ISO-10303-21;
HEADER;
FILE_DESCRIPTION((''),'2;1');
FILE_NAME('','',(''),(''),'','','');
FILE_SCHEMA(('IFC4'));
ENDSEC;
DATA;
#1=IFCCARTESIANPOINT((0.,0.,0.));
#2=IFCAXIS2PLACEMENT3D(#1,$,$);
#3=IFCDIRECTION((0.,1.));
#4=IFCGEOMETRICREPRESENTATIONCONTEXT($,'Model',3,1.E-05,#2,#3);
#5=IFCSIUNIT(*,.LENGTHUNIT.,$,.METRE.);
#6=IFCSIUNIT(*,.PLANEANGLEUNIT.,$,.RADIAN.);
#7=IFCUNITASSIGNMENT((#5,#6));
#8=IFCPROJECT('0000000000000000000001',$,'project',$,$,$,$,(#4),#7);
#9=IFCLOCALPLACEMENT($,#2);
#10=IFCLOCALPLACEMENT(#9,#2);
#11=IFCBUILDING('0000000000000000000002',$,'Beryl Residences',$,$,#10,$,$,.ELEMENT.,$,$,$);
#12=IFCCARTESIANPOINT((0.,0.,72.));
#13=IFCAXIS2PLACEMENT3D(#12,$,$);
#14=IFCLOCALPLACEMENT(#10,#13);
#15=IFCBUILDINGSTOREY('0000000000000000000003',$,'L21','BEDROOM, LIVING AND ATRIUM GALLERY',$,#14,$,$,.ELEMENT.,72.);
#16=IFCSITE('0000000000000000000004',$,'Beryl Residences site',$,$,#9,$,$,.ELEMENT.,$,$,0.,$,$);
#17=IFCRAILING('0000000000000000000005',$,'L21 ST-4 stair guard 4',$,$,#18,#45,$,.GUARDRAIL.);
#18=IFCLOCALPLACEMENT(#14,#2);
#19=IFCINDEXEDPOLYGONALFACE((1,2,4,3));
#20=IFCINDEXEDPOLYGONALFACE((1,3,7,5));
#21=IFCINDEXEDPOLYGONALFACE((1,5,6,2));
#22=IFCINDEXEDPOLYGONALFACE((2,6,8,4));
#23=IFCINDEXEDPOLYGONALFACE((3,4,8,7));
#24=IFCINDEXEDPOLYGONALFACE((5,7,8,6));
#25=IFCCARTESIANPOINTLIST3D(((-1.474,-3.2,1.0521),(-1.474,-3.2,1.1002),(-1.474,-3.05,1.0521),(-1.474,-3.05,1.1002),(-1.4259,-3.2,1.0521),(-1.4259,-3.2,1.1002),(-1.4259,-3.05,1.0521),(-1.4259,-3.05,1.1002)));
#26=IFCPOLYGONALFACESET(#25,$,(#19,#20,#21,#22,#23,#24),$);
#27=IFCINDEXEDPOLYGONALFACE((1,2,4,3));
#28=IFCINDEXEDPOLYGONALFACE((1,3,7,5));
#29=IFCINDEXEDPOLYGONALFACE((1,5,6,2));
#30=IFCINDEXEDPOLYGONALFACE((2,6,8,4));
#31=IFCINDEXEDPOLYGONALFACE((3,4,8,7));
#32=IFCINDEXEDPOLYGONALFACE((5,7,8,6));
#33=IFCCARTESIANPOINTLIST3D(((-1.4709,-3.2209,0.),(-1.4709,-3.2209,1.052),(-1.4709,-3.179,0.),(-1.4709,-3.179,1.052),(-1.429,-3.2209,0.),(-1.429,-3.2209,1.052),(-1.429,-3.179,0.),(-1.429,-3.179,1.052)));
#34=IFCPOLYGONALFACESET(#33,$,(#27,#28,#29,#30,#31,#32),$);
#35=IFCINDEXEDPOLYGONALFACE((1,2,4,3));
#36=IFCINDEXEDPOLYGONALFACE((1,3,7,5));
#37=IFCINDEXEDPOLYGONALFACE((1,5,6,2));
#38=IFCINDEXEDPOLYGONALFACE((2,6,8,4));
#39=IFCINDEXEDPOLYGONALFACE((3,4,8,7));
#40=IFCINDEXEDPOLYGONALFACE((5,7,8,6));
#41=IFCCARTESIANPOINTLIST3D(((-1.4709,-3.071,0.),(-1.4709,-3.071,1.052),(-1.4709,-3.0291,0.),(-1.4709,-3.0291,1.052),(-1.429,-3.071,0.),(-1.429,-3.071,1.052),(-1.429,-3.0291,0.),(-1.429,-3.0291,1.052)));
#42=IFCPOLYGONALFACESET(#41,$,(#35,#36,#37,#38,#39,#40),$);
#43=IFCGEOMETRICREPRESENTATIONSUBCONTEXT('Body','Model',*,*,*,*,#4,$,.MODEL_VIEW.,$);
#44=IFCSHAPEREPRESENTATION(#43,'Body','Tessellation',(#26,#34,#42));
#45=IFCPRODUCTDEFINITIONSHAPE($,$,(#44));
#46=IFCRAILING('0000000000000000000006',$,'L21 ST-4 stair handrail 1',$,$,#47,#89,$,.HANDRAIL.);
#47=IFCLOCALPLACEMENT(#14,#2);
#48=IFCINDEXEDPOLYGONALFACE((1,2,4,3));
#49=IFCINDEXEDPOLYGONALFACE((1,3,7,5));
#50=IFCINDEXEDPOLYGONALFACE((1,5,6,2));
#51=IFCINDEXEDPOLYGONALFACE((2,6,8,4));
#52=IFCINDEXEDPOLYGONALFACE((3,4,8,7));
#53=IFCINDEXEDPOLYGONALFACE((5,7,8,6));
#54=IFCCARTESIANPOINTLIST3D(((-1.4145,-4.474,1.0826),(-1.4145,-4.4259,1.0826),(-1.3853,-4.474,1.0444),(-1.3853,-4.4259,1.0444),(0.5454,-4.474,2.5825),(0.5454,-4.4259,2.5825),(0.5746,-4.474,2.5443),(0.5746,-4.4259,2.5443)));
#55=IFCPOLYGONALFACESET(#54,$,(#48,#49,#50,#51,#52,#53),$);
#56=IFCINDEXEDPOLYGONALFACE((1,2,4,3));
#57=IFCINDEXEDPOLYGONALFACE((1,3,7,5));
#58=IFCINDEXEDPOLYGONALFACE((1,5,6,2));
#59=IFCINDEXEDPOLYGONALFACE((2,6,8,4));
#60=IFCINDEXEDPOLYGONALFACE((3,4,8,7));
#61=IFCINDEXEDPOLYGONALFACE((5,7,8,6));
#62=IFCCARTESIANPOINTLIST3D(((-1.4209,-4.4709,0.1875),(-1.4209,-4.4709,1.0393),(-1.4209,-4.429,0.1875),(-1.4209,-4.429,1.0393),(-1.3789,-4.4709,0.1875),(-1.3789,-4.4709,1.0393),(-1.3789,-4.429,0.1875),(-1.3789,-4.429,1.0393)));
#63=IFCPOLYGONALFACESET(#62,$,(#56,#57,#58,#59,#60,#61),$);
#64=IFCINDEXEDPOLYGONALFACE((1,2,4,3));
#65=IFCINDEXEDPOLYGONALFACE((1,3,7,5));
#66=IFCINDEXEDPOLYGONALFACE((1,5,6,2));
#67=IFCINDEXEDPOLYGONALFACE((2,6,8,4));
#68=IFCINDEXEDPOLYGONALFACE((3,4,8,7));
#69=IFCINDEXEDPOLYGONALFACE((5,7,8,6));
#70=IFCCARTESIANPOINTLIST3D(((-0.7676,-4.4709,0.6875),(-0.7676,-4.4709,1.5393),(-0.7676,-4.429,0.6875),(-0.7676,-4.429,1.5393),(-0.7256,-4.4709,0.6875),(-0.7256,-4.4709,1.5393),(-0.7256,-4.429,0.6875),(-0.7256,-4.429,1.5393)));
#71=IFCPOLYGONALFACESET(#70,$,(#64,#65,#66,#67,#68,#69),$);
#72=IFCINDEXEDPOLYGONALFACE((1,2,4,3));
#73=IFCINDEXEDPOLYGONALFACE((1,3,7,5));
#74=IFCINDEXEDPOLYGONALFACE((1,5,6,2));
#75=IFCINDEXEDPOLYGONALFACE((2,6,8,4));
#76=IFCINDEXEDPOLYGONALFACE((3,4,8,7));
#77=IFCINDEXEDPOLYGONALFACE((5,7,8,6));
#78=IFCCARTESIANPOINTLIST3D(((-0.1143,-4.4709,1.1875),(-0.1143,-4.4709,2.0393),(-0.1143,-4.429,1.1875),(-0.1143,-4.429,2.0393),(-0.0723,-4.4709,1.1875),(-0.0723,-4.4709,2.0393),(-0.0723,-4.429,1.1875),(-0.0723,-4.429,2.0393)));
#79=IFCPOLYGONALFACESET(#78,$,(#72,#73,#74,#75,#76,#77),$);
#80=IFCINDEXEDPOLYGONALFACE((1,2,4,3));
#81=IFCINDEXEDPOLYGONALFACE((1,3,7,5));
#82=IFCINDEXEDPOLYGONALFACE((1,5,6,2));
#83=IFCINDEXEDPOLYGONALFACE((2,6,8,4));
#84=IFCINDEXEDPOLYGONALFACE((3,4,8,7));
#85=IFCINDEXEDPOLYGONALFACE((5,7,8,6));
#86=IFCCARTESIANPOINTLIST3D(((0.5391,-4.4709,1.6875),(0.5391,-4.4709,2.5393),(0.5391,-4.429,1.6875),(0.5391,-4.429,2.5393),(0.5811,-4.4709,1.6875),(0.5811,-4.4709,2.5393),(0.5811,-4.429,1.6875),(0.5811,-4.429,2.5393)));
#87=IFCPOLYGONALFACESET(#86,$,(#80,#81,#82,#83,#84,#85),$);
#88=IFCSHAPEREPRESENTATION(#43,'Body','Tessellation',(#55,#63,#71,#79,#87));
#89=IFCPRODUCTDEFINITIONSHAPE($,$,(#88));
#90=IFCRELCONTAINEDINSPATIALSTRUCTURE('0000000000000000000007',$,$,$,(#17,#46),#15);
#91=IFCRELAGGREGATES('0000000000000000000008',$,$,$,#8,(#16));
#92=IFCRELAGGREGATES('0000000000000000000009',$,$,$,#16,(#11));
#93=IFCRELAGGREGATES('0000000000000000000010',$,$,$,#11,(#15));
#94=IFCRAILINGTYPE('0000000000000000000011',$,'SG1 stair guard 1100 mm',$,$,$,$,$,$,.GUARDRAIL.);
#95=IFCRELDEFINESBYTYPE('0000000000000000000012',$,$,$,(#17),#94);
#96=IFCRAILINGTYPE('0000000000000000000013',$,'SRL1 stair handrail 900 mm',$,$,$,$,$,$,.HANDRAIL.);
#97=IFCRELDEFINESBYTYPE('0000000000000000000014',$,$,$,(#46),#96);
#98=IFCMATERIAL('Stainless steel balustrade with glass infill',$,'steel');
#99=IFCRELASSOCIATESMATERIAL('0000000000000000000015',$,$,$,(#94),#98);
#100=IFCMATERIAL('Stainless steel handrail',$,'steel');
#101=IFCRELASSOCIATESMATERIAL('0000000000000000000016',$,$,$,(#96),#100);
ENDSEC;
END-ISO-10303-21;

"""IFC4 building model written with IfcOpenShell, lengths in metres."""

from ifc_helpers import new_model, si_unit, direction, frame, origin, origin_2d, place, context, subcontext, project, spatial, rectangle, extrude, material, type_object, element, save


model = new_model("IFC4")

# Units and contexts
model_context = context("Model", 3, precision=1e-05, world=origin(), true_north=direction((0.0, 1.0)))
body_context = subcontext(model_context, "Body", "Model", "MODEL_VIEW")
ifc_project = project(units=[si_unit("LENGTHUNIT", "METRE"), si_unit("PLANEANGLEUNIT", "RADIAN")], contexts=[model_context])

# Site, building, storey
site_placement = place(None, origin())
site = spatial("IfcSite", under=ifc_project, at=site_placement, Name="Beryl Residences site", CompositionType="ELEMENT", RefElevation=0.0)
building_placement = place(site_placement, origin())
building = spatial("IfcBuilding", under=site, at=building_placement, Name="Beryl Residences", CompositionType="ELEMENT")
storey_placement = place(building_placement, frame((0.0, 0.0, 72.0)))
storey = spatial("IfcBuildingStorey", under=building, at=storey_placement, Name="L21", Description="BEDROOM, LIVING AND ATRIUM GALLERY", CompositionType="ELEMENT", Elevation=72.0)

# Railings
ifc_material_1 = material(Name="Stainless steel balustrade with glass infill", Category="steel")
railing_type_1 = type_object("IfcRailingType", Name="SG1 stair guard 1100 mm", PredefinedType="GUARDRAIL", material=ifc_material_1)
railing_1_placement = place(storey_placement, frame((-1.45, -3.2, 0.0)))
element("IfcRailing", 1, at=railing_1_placement, inside=storey, type_object=railing_type_1, Name="L21 ST-4 stair guard 4", PredefinedType="GUARDRAIL", context=body_context, shape_type="SweptSolid", body=[
    extrude(rectangle(XDim=0.0481, YDim=0.0481, at=origin_2d()), frame((0.0, 0.0, 1.0762), z_axis=(0.0, 1.0, 0.0), x_axis=(-1.0, 0.0, 0.0)), (0.0, 0.0, 1.0), 0.1499),
    extrude(rectangle(XDim=0.042, YDim=0.042, at=origin_2d()), origin(), (0.0, 0.0, 1.0), 1.052),
    extrude(rectangle(XDim=0.042, YDim=0.042, at=origin_2d()), frame((0.0, 0.1499, 0.0)), (0.0, 0.0, 1.0), 1.052),
])
ifc_material_2 = material(Name="Stainless steel handrail", Category="steel")
railing_type_2 = type_object("IfcRailingType", Name="SRL1 stair handrail 900 mm", PredefinedType="HANDRAIL", material=ifc_material_2)
railing_2_placement = place(storey_placement, frame((-1.3999, -4.45, 0.1875)))
element("IfcRailing", 2, at=railing_2_placement, inside=storey, type_object=railing_type_2, Name="L21 ST-4 stair handrail 1", PredefinedType="HANDRAIL", context=body_context, shape_type="SweptSolid", body=[
    extrude(rectangle(XDim=0.0481, YDim=0.0481, at=origin_2d()), frame((0.0, 0.0, 0.876), z_axis=(0.794122, 0.0, 0.607758), x_axis=(0.0, 1.0, 0.0)), (0.0, 0.0, 1.0), 2.468),
    extrude(rectangle(XDim=0.042, YDim=0.042, at=origin_2d()), origin(), (0.0, 0.0, 1.0), 0.8518),
    extrude(rectangle(XDim=0.042, YDim=0.042, at=origin_2d()), frame((0.6533, 0.0, 0.5)), (0.0, 0.0, 1.0), 0.8518),
    extrude(rectangle(XDim=0.042, YDim=0.042, at=origin_2d()), frame((1.3066, 0.0, 1.0)), (0.0, 0.0, 1.0), 0.8518),
    extrude(rectangle(XDim=0.042, YDim=0.042, at=origin_2d()), frame((1.96, 0.0, 1.5)), (0.0, 0.0, 1.0), 0.8518),
])

save(model, "model.ifc")
